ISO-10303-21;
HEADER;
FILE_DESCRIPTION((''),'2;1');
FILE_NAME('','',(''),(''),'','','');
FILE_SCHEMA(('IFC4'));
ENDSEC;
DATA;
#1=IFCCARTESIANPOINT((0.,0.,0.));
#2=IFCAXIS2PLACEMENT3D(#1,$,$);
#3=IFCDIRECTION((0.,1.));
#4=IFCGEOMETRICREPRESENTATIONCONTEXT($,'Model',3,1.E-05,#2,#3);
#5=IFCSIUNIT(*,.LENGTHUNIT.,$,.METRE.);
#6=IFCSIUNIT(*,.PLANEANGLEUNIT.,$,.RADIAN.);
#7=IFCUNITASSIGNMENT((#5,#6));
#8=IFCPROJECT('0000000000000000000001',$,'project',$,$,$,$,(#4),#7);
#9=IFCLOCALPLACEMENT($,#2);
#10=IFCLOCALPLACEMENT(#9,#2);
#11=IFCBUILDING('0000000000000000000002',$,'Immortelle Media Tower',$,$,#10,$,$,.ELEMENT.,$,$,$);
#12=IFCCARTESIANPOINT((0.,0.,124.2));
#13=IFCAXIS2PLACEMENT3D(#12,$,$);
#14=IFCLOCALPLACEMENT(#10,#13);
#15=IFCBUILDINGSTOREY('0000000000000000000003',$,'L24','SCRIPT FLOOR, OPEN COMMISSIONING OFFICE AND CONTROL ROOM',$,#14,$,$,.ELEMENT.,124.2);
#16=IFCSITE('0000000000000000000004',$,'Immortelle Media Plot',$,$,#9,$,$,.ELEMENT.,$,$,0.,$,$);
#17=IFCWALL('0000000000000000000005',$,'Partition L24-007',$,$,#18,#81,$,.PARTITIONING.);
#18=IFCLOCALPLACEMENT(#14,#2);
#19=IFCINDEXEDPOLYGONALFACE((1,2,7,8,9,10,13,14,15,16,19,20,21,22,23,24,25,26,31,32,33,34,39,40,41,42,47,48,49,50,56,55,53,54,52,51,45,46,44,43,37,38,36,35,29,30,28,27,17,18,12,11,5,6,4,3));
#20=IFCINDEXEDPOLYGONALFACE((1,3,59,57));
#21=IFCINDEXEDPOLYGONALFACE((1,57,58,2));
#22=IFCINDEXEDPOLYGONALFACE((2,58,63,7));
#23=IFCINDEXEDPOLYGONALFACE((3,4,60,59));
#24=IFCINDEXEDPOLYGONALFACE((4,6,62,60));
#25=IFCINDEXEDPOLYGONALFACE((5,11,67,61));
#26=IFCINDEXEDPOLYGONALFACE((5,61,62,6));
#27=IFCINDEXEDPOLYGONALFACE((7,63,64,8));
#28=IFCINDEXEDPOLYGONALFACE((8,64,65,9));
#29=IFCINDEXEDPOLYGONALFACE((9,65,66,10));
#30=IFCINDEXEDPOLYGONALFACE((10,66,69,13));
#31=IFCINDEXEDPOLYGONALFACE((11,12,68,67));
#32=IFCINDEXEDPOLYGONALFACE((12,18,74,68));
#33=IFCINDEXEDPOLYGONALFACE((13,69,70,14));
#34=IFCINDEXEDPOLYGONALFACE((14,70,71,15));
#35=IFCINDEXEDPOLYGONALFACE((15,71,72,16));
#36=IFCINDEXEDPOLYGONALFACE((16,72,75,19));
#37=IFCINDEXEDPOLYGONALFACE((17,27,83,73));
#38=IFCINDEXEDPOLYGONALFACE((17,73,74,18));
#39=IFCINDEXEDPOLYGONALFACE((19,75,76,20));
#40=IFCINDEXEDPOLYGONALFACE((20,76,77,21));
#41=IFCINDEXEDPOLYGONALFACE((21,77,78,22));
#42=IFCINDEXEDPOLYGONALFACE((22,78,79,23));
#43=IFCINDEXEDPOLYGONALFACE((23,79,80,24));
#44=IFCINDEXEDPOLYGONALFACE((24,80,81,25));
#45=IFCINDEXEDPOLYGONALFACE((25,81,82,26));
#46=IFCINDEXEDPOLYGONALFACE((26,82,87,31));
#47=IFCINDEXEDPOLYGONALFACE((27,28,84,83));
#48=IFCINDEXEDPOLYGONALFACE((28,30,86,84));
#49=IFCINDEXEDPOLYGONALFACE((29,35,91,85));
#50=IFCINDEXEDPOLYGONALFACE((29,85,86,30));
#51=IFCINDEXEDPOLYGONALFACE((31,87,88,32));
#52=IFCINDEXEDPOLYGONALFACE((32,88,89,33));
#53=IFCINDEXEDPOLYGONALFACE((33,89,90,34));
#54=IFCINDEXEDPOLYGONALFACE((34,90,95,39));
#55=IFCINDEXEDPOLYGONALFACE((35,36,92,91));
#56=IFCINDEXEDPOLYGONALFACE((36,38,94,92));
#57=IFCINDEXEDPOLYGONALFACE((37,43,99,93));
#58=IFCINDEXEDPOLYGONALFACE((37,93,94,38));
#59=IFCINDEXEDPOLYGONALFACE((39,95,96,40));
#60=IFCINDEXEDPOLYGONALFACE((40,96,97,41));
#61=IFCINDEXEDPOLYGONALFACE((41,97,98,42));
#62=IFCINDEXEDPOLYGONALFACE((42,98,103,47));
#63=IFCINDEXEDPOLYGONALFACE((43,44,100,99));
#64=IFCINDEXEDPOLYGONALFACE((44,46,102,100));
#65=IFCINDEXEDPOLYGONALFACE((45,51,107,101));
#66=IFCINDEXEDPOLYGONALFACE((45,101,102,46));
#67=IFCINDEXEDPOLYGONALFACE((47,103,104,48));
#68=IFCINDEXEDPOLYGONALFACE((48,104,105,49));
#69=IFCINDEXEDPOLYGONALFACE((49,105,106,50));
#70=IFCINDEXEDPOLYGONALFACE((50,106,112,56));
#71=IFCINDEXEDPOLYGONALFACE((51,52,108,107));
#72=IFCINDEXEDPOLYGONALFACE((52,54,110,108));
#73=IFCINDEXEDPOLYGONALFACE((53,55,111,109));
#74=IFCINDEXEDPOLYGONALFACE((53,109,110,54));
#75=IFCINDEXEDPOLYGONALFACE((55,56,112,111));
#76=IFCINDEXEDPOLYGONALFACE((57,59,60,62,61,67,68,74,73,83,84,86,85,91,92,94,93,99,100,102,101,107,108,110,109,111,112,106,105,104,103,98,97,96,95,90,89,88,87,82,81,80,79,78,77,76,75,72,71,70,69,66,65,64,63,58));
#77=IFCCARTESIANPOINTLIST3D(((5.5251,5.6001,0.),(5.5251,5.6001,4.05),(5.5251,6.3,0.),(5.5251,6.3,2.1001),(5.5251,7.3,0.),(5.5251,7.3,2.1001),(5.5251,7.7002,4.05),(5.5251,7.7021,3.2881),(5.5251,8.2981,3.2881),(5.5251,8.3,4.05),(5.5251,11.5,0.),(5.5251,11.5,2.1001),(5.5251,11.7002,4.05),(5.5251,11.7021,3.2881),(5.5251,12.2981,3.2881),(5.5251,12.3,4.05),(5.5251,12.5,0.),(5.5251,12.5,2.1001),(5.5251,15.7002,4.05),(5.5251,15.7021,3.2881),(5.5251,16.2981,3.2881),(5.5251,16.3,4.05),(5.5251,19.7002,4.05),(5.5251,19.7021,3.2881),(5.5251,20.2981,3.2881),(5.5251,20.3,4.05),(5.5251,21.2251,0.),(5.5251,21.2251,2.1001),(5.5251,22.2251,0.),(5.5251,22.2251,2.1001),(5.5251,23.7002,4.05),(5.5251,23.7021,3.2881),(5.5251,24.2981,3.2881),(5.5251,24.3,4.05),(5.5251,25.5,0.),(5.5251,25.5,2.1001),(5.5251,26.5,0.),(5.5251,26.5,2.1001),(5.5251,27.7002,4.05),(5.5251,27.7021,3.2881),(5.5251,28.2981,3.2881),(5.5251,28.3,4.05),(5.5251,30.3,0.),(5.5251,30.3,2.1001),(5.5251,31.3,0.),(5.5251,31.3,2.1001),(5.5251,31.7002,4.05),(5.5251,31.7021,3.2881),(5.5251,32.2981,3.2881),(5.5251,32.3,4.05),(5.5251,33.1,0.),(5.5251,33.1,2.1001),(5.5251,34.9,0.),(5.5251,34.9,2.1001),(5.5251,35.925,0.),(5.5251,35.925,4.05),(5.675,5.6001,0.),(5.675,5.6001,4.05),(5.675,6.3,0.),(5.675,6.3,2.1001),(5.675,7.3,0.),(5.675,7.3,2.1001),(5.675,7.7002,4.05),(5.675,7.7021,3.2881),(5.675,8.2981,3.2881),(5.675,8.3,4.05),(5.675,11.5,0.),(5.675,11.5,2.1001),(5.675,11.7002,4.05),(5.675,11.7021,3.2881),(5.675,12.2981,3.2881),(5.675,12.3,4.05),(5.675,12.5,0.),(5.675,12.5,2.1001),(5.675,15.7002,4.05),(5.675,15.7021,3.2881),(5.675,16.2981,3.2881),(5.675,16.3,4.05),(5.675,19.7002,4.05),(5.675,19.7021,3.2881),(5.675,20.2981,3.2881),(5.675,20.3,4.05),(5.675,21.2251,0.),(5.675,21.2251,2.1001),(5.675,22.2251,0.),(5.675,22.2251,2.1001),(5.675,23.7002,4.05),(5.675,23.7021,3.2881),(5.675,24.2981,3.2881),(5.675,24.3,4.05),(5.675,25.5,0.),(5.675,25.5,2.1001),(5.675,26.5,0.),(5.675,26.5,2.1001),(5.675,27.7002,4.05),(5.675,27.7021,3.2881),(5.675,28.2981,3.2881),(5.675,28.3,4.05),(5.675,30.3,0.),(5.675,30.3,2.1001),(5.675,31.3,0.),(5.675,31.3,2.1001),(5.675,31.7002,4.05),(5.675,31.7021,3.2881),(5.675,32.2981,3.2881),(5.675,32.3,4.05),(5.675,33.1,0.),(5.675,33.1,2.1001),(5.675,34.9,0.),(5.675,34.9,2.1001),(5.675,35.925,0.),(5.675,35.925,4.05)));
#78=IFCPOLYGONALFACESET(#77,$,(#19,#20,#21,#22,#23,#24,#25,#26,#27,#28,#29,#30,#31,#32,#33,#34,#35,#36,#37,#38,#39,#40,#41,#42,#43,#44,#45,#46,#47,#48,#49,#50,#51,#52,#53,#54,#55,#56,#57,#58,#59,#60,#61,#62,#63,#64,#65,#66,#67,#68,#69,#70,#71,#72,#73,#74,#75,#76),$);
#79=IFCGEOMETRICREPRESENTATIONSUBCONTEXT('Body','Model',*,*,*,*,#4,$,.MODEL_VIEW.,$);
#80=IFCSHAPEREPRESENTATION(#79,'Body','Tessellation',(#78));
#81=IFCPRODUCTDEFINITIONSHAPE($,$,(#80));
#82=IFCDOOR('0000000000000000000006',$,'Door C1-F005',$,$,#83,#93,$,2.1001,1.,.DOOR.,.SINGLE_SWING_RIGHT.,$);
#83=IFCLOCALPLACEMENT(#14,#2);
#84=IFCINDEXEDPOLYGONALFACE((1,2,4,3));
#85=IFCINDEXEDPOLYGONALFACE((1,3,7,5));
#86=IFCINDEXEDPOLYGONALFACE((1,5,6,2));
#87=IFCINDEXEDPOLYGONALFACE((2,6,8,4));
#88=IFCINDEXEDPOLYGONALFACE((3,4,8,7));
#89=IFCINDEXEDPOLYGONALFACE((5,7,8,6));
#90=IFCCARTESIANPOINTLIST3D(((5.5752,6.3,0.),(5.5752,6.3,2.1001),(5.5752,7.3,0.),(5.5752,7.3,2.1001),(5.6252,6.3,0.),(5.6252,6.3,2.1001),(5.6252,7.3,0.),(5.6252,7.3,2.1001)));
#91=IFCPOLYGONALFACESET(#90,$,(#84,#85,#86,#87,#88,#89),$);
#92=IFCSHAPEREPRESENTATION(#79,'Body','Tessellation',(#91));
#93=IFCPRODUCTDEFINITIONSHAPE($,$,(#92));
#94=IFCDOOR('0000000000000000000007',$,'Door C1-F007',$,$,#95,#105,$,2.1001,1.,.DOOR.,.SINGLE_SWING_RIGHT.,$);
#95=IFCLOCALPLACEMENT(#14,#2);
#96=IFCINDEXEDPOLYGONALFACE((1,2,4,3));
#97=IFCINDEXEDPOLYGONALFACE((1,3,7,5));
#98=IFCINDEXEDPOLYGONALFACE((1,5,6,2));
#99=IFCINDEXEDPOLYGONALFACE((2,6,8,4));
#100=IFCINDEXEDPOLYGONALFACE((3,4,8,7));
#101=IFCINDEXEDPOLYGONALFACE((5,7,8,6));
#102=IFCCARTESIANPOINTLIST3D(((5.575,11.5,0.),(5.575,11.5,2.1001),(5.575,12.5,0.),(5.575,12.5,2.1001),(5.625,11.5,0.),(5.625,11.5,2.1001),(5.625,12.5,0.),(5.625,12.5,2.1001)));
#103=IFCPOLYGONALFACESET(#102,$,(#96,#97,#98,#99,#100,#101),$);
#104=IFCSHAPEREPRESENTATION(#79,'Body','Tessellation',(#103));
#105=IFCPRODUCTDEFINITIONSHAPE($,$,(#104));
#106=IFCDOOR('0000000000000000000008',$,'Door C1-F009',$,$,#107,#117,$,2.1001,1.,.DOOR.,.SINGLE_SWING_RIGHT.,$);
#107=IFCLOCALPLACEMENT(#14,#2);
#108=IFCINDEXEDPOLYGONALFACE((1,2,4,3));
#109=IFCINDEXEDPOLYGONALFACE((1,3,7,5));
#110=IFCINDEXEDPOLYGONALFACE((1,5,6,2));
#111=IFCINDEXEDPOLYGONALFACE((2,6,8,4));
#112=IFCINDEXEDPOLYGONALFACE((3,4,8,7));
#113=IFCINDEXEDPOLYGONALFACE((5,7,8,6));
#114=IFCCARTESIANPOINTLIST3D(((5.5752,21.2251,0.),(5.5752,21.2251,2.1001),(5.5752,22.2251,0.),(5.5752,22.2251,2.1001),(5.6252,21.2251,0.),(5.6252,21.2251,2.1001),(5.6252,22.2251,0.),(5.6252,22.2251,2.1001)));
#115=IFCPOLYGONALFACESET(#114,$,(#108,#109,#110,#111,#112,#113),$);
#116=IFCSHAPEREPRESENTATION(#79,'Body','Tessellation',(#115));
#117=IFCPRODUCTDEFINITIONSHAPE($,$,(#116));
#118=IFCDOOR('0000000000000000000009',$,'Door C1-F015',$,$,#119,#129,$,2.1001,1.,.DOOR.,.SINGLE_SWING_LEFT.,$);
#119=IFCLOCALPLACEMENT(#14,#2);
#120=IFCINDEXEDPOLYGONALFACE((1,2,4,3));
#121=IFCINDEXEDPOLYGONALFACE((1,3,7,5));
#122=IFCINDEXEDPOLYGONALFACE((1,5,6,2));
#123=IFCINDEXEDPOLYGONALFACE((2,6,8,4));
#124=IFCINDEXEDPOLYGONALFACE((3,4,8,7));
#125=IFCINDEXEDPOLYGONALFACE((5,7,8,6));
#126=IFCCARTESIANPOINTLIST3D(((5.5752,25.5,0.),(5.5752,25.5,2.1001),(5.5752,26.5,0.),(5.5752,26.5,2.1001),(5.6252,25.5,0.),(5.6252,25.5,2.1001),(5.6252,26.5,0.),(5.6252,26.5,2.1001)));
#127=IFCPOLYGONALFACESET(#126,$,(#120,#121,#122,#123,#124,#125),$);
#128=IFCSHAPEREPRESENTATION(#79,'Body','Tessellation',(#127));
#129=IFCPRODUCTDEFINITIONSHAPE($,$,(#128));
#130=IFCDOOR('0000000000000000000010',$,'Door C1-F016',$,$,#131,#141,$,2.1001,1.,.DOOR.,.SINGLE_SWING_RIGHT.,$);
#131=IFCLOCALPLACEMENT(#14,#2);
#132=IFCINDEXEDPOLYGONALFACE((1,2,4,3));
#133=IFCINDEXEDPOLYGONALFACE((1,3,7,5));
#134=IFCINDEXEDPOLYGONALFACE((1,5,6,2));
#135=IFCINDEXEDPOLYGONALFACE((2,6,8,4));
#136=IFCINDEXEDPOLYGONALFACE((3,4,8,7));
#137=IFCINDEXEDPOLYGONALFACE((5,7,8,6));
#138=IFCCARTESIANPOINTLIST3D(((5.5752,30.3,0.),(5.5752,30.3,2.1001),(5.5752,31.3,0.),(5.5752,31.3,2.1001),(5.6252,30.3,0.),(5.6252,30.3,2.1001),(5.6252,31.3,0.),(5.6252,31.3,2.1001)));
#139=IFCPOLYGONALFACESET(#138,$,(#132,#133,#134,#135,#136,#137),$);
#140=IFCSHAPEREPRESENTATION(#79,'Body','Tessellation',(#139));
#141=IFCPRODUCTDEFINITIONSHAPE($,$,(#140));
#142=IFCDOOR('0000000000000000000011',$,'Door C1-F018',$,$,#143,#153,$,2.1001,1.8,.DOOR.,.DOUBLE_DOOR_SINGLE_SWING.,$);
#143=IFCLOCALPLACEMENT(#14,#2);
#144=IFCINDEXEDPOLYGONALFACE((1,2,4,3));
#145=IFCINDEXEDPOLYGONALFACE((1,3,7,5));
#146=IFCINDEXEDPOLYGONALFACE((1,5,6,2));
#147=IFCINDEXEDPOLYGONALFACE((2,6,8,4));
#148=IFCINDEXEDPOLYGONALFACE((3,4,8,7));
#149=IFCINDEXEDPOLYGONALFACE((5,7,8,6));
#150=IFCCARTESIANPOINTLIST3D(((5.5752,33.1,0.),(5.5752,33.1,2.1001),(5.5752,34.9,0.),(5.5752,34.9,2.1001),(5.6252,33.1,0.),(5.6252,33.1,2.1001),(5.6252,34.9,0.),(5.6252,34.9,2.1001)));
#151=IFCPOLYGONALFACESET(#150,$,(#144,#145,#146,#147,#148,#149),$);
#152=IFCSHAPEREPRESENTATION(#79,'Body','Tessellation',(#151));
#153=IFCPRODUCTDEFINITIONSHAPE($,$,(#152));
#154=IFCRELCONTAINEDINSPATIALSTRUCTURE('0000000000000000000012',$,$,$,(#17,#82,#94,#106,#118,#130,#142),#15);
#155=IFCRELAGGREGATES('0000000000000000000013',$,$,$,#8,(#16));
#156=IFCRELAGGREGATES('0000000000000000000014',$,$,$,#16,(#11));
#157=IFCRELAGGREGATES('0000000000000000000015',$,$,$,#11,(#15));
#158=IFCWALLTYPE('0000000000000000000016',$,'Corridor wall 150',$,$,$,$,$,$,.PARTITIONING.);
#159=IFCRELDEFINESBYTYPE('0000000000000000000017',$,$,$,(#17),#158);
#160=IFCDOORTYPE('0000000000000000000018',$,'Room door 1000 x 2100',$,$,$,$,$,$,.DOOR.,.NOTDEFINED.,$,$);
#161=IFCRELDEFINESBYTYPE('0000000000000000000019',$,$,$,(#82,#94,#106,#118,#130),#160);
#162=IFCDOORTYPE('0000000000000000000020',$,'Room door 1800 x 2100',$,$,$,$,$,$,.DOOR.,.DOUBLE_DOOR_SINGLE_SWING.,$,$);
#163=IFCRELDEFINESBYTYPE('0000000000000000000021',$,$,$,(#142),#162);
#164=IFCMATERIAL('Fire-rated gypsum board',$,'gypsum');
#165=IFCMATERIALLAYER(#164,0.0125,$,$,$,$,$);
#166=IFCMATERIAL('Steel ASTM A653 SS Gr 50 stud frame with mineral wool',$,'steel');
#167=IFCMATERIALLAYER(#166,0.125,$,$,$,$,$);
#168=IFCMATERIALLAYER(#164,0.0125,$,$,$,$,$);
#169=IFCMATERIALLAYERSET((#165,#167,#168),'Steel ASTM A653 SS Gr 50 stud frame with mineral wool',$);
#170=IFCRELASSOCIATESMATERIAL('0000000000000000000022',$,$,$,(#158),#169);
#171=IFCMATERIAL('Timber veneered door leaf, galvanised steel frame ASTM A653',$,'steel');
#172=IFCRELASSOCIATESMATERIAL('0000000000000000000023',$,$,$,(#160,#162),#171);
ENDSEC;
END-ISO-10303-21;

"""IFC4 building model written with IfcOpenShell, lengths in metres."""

from ifc_helpers import new_model, si_unit, direction, frame, frame_2d, origin, place, context, subcontext, project, spatial, polyline, rectangle, outline, extrude, material, layer, layer_set, type_object, element, fill, save


model = new_model("IFC4")

# Units and contexts
model_context = context("Model", 3, precision=1e-05, world=origin(), true_north=direction((0.0, 1.0)))
body_context = subcontext(model_context, "Body", "Model", "MODEL_VIEW")
ifc_project = project(units=[si_unit("LENGTHUNIT", "METRE"), si_unit("PLANEANGLEUNIT", "RADIAN")], contexts=[model_context])

# Site, building, storey
site_placement = place(None, origin())
site = spatial("IfcSite", under=ifc_project, at=site_placement, Name="Immortelle Media Plot", CompositionType="ELEMENT", RefElevation=0.0)
building_placement = place(site_placement, origin())
building = spatial("IfcBuilding", under=site, at=building_placement, Name="Immortelle Media Tower", CompositionType="ELEMENT")
storey_placement = place(building_placement, frame((0.0, 0.0, 124.2)))
storey = spatial("IfcBuildingStorey", under=building, at=storey_placement, Name="L24", Description="SCRIPT FLOOR, OPEN COMMISSIONING OFFICE AND CONTROL ROOM", CompositionType="ELEMENT", Elevation=124.2)

# Wall, openings, doors
ifc_material_1 = material(Name="Fire-rated gypsum board", Category="gypsum")
ifc_layer_1 = layer(ifc_material_1, 0.0125)
ifc_material_2 = material(Name="Steel ASTM A653 SS Gr 50 stud frame with mineral wool", Category="steel")
ifc_layer_2 = layer(ifc_material_2, 0.125)
ifc_layer_3 = layer(ifc_material_1, 0.0125)
ifc_layer_set_1 = layer_set([ifc_layer_1, ifc_layer_2, ifc_layer_3], Name="Steel ASTM A653 SS Gr 50 stud frame with mineral wool")
wall_type_1 = type_object("IfcWallType", Name="Corridor wall 150", PredefinedType="PARTITIONING", material=ifc_layer_set_1)
ifc_material_3 = material(Name="Timber veneered door leaf, galvanised steel frame ASTM A653", Category="steel")
door_type_1 = type_object("IfcDoorType", Name="Room door 1000 x 2100", OperationType="NOTDEFINED", PredefinedType="DOOR", material=ifc_material_3)
wall_1_placement = place(storey_placement, frame((5.6001, 5.6001, 0.0), z_axis=(0.0, 0.0, 1.0), x_axis=(0.0, 1.0, 0.0)))
wall_1 = element("IfcWall", 1, at=wall_1_placement, inside=storey, type_object=wall_type_1, Name="Partition L24-007", PredefinedType="PARTITIONING", context=body_context, shape_type="SweptSolid", body=[
    extrude(outline(polyline([(0.0, 0.0), (30.325, 0.0), (30.325, 4.05), (26.7, 4.05), (26.698, 3.2881), (26.1021, 3.2881), (26.1001, 4.05), (22.7, 4.05), (22.698, 3.2881), (22.1021, 3.2881), (22.1001, 4.05), (18.7, 4.05), (18.698, 3.2881), (18.1021, 3.2881), (18.1001, 4.05), (14.7, 4.05), (14.698, 3.2881), (14.1021, 3.2881), (14.1001, 4.05), (10.7, 4.05), (10.698, 3.2881), (10.1021, 3.2881), (10.1001, 4.05), (6.7, 4.05), (6.698, 3.2881), (6.1021, 3.2881), (6.1001, 4.05), (2.7, 4.05), (2.698, 3.2881), (2.1021, 3.2881), (2.1001, 4.05), (0.0, 4.05), (0.0, 0.0)])), frame((0.0, 0.075, 0.0), z_axis=(0.0, -1.0, 0.0), x_axis=(1.0, 0.0, 0.0)), (0.0, 0.0, 1.0), 0.1499),
])
opening_1_placement = place(wall_1_placement, frame((0.7, 0.0, 0.0)))
opening_1 = element("IfcOpeningElement", 2, at=opening_1_placement, cuts=wall_1, PredefinedType="OPENING", context=body_context, shape_type="SweptSolid", body=[
    extrude(rectangle(XDim=1.0, YDim=2.1001, at=frame_2d((0.5, 1.05))), frame((0.0, 0.085, 0.0), z_axis=(0.0, -1.0, 0.0), x_axis=(1.0, 0.0, 0.0)), (0.0, 0.0, 1.0), 0.1699),
])
opening_2_placement = place(wall_1_placement, frame((6.8999, 0.0, 0.0), z_axis=(0.0, 0.0, 1.0), x_axis=(-1.0, 0.0, 0.0)))
opening_2 = element("IfcOpeningElement", 3, at=opening_2_placement, cuts=wall_1, PredefinedType="OPENING", context=body_context, shape_type="SweptSolid", body=[
    extrude(rectangle(XDim=1.0, YDim=2.1001, at=frame_2d((0.5, 1.05))), frame((0.0, 0.085, 0.0), z_axis=(0.0, -1.0, 0.0), x_axis=(1.0, 0.0, 0.0)), (0.0, 0.0, 1.0), 0.1699),
])
opening_3_placement = place(wall_1_placement, frame((15.625, 0.0, 0.0)))
opening_3 = element("IfcOpeningElement", 4, at=opening_3_placement, cuts=wall_1, PredefinedType="OPENING", context=body_context, shape_type="SweptSolid", body=[
    extrude(rectangle(XDim=1.0, YDim=2.1001, at=frame_2d((0.5, 1.05))), frame((0.0, 0.085, 0.0), z_axis=(0.0, -1.0, 0.0), x_axis=(1.0, 0.0, 0.0)), (0.0, 0.0, 1.0), 0.1699),
])
opening_4_placement = place(wall_1_placement, frame((19.8999, 0.0, 0.0)))
opening_4 = element("IfcOpeningElement", 5, at=opening_4_placement, cuts=wall_1, PredefinedType="OPENING", context=body_context, shape_type="SweptSolid", body=[
    extrude(rectangle(XDim=1.0, YDim=2.1001, at=frame_2d((0.5, 1.05))), frame((0.0, 0.085, 0.0), z_axis=(0.0, -1.0, 0.0), x_axis=(1.0, 0.0, 0.0)), (0.0, 0.0, 1.0), 0.1699),
])
opening_5_placement = place(wall_1_placement, frame((24.7, 0.0, 0.0)))
opening_5 = element("IfcOpeningElement", 6, at=opening_5_placement, cuts=wall_1, PredefinedType="OPENING", context=body_context, shape_type="SweptSolid", body=[
    extrude(rectangle(XDim=1.0, YDim=2.1001, at=frame_2d((0.5, 1.05))), frame((0.0, 0.085, 0.0), z_axis=(0.0, -1.0, 0.0), x_axis=(1.0, 0.0, 0.0)), (0.0, 0.0, 1.0), 0.1699),
])
opening_6_placement = place(wall_1_placement, frame((27.5, 0.0, 0.0)))
opening_6 = element("IfcOpeningElement", 7, at=opening_6_placement, cuts=wall_1, PredefinedType="OPENING", context=body_context, shape_type="SweptSolid", body=[
    extrude(rectangle(XDim=1.8, YDim=2.1001, at=frame_2d((0.8999, 1.05))), frame((0.0, 0.085, 0.0), z_axis=(0.0, -1.0, 0.0), x_axis=(1.0, 0.0, 0.0)), (0.0, 0.0, 1.0), 0.1699),
])
door_1_placement = place(opening_1_placement, origin())
door_1 = element("IfcDoor", 8, at=door_1_placement, inside=storey, type_object=door_type_1, Name="Door C1-F005", OperationType="SINGLE_SWING_RIGHT", OverallHeight=2.1001, OverallWidth=1.0, PredefinedType="DOOR", context=body_context, shape_type="SweptSolid", body=[
    extrude(rectangle(XDim=1.0, YDim=2.1001, at=frame_2d((0.5, 1.05))), frame((0.0, 0.0249, 0.0), z_axis=(0.0, -1.0, 0.0), x_axis=(1.0, 0.0, 0.0)), (0.0, 0.0, 1.0), 0.05),
])
fill(opening_1, door_1)
door_2_placement = place(opening_2_placement, origin())
door_2 = element("IfcDoor", 9, at=door_2_placement, inside=storey, type_object=door_type_1, Name="Door C1-F007", OperationType="SINGLE_SWING_RIGHT", OverallHeight=2.1001, OverallWidth=1.0, PredefinedType="DOOR", context=body_context, shape_type="SweptSolid", body=[
    extrude(rectangle(XDim=1.0, YDim=2.1001, at=frame_2d((0.5, 1.05))), frame((0.0, 0.0249, 0.0), z_axis=(0.0, -1.0, 0.0), x_axis=(1.0, 0.0, 0.0)), (0.0, 0.0, 1.0), 0.05),
])
fill(opening_2, door_2)
door_3_placement = place(opening_3_placement, origin())
door_3 = element("IfcDoor", 10, at=door_3_placement, inside=storey, type_object=door_type_1, Name="Door C1-F009", OperationType="SINGLE_SWING_RIGHT", OverallHeight=2.1001, OverallWidth=1.0, PredefinedType="DOOR", context=body_context, shape_type="SweptSolid", body=[
    extrude(rectangle(XDim=1.0, YDim=2.1001, at=frame_2d((0.5, 1.05))), frame((0.0, 0.0249, 0.0), z_axis=(0.0, -1.0, 0.0), x_axis=(1.0, 0.0, 0.0)), (0.0, 0.0, 1.0), 0.05),
])
fill(opening_3, door_3)
door_4_placement = place(opening_4_placement, origin())
door_4 = element("IfcDoor", 11, at=door_4_placement, inside=storey, type_object=door_type_1, Name="Door C1-F015", OperationType="SINGLE_SWING_LEFT", OverallHeight=2.1001, OverallWidth=1.0, PredefinedType="DOOR", context=body_context, shape_type="SweptSolid", body=[
    extrude(rectangle(XDim=1.0, YDim=2.1001, at=frame_2d((0.5, 1.05))), frame((0.0, 0.0249, 0.0), z_axis=(0.0, -1.0, 0.0), x_axis=(1.0, 0.0, 0.0)), (0.0, 0.0, 1.0), 0.05),
])
fill(opening_4, door_4)
door_5_placement = place(opening_5_placement, origin())
door_5 = element("IfcDoor", 12, at=door_5_placement, inside=storey, type_object=door_type_1, Name="Door C1-F016", OperationType="SINGLE_SWING_RIGHT", OverallHeight=2.1001, OverallWidth=1.0, PredefinedType="DOOR", context=body_context, shape_type="SweptSolid", body=[
    extrude(rectangle(XDim=1.0, YDim=2.1001, at=frame_2d((0.5, 1.05))), frame((0.0, 0.0249, 0.0), z_axis=(0.0, -1.0, 0.0), x_axis=(1.0, 0.0, 0.0)), (0.0, 0.0, 1.0), 0.05),
])
fill(opening_5, door_5)
door_type_2 = type_object("IfcDoorType", Name="Room door 1800 x 2100", OperationType="DOUBLE_DOOR_SINGLE_SWING", PredefinedType="DOOR", material=ifc_material_3)
door_6_placement = place(opening_6_placement, origin())
door_6 = element("IfcDoor", 13, at=door_6_placement, inside=storey, type_object=door_type_2, Name="Door C1-F018", OperationType="DOUBLE_DOOR_SINGLE_SWING", OverallHeight=2.1001, OverallWidth=1.8, PredefinedType="DOOR", context=body_context, shape_type="SweptSolid", body=[
    extrude(rectangle(XDim=1.8, YDim=2.1001, at=frame_2d((0.8999, 1.05))), frame((0.0, 0.0249, 0.0), z_axis=(0.0, -1.0, 0.0), x_axis=(1.0, 0.0, 0.0)), (0.0, 0.0, 1.0), 0.05),
])
fill(opening_6, door_6)

save(model, "model.ifc")
